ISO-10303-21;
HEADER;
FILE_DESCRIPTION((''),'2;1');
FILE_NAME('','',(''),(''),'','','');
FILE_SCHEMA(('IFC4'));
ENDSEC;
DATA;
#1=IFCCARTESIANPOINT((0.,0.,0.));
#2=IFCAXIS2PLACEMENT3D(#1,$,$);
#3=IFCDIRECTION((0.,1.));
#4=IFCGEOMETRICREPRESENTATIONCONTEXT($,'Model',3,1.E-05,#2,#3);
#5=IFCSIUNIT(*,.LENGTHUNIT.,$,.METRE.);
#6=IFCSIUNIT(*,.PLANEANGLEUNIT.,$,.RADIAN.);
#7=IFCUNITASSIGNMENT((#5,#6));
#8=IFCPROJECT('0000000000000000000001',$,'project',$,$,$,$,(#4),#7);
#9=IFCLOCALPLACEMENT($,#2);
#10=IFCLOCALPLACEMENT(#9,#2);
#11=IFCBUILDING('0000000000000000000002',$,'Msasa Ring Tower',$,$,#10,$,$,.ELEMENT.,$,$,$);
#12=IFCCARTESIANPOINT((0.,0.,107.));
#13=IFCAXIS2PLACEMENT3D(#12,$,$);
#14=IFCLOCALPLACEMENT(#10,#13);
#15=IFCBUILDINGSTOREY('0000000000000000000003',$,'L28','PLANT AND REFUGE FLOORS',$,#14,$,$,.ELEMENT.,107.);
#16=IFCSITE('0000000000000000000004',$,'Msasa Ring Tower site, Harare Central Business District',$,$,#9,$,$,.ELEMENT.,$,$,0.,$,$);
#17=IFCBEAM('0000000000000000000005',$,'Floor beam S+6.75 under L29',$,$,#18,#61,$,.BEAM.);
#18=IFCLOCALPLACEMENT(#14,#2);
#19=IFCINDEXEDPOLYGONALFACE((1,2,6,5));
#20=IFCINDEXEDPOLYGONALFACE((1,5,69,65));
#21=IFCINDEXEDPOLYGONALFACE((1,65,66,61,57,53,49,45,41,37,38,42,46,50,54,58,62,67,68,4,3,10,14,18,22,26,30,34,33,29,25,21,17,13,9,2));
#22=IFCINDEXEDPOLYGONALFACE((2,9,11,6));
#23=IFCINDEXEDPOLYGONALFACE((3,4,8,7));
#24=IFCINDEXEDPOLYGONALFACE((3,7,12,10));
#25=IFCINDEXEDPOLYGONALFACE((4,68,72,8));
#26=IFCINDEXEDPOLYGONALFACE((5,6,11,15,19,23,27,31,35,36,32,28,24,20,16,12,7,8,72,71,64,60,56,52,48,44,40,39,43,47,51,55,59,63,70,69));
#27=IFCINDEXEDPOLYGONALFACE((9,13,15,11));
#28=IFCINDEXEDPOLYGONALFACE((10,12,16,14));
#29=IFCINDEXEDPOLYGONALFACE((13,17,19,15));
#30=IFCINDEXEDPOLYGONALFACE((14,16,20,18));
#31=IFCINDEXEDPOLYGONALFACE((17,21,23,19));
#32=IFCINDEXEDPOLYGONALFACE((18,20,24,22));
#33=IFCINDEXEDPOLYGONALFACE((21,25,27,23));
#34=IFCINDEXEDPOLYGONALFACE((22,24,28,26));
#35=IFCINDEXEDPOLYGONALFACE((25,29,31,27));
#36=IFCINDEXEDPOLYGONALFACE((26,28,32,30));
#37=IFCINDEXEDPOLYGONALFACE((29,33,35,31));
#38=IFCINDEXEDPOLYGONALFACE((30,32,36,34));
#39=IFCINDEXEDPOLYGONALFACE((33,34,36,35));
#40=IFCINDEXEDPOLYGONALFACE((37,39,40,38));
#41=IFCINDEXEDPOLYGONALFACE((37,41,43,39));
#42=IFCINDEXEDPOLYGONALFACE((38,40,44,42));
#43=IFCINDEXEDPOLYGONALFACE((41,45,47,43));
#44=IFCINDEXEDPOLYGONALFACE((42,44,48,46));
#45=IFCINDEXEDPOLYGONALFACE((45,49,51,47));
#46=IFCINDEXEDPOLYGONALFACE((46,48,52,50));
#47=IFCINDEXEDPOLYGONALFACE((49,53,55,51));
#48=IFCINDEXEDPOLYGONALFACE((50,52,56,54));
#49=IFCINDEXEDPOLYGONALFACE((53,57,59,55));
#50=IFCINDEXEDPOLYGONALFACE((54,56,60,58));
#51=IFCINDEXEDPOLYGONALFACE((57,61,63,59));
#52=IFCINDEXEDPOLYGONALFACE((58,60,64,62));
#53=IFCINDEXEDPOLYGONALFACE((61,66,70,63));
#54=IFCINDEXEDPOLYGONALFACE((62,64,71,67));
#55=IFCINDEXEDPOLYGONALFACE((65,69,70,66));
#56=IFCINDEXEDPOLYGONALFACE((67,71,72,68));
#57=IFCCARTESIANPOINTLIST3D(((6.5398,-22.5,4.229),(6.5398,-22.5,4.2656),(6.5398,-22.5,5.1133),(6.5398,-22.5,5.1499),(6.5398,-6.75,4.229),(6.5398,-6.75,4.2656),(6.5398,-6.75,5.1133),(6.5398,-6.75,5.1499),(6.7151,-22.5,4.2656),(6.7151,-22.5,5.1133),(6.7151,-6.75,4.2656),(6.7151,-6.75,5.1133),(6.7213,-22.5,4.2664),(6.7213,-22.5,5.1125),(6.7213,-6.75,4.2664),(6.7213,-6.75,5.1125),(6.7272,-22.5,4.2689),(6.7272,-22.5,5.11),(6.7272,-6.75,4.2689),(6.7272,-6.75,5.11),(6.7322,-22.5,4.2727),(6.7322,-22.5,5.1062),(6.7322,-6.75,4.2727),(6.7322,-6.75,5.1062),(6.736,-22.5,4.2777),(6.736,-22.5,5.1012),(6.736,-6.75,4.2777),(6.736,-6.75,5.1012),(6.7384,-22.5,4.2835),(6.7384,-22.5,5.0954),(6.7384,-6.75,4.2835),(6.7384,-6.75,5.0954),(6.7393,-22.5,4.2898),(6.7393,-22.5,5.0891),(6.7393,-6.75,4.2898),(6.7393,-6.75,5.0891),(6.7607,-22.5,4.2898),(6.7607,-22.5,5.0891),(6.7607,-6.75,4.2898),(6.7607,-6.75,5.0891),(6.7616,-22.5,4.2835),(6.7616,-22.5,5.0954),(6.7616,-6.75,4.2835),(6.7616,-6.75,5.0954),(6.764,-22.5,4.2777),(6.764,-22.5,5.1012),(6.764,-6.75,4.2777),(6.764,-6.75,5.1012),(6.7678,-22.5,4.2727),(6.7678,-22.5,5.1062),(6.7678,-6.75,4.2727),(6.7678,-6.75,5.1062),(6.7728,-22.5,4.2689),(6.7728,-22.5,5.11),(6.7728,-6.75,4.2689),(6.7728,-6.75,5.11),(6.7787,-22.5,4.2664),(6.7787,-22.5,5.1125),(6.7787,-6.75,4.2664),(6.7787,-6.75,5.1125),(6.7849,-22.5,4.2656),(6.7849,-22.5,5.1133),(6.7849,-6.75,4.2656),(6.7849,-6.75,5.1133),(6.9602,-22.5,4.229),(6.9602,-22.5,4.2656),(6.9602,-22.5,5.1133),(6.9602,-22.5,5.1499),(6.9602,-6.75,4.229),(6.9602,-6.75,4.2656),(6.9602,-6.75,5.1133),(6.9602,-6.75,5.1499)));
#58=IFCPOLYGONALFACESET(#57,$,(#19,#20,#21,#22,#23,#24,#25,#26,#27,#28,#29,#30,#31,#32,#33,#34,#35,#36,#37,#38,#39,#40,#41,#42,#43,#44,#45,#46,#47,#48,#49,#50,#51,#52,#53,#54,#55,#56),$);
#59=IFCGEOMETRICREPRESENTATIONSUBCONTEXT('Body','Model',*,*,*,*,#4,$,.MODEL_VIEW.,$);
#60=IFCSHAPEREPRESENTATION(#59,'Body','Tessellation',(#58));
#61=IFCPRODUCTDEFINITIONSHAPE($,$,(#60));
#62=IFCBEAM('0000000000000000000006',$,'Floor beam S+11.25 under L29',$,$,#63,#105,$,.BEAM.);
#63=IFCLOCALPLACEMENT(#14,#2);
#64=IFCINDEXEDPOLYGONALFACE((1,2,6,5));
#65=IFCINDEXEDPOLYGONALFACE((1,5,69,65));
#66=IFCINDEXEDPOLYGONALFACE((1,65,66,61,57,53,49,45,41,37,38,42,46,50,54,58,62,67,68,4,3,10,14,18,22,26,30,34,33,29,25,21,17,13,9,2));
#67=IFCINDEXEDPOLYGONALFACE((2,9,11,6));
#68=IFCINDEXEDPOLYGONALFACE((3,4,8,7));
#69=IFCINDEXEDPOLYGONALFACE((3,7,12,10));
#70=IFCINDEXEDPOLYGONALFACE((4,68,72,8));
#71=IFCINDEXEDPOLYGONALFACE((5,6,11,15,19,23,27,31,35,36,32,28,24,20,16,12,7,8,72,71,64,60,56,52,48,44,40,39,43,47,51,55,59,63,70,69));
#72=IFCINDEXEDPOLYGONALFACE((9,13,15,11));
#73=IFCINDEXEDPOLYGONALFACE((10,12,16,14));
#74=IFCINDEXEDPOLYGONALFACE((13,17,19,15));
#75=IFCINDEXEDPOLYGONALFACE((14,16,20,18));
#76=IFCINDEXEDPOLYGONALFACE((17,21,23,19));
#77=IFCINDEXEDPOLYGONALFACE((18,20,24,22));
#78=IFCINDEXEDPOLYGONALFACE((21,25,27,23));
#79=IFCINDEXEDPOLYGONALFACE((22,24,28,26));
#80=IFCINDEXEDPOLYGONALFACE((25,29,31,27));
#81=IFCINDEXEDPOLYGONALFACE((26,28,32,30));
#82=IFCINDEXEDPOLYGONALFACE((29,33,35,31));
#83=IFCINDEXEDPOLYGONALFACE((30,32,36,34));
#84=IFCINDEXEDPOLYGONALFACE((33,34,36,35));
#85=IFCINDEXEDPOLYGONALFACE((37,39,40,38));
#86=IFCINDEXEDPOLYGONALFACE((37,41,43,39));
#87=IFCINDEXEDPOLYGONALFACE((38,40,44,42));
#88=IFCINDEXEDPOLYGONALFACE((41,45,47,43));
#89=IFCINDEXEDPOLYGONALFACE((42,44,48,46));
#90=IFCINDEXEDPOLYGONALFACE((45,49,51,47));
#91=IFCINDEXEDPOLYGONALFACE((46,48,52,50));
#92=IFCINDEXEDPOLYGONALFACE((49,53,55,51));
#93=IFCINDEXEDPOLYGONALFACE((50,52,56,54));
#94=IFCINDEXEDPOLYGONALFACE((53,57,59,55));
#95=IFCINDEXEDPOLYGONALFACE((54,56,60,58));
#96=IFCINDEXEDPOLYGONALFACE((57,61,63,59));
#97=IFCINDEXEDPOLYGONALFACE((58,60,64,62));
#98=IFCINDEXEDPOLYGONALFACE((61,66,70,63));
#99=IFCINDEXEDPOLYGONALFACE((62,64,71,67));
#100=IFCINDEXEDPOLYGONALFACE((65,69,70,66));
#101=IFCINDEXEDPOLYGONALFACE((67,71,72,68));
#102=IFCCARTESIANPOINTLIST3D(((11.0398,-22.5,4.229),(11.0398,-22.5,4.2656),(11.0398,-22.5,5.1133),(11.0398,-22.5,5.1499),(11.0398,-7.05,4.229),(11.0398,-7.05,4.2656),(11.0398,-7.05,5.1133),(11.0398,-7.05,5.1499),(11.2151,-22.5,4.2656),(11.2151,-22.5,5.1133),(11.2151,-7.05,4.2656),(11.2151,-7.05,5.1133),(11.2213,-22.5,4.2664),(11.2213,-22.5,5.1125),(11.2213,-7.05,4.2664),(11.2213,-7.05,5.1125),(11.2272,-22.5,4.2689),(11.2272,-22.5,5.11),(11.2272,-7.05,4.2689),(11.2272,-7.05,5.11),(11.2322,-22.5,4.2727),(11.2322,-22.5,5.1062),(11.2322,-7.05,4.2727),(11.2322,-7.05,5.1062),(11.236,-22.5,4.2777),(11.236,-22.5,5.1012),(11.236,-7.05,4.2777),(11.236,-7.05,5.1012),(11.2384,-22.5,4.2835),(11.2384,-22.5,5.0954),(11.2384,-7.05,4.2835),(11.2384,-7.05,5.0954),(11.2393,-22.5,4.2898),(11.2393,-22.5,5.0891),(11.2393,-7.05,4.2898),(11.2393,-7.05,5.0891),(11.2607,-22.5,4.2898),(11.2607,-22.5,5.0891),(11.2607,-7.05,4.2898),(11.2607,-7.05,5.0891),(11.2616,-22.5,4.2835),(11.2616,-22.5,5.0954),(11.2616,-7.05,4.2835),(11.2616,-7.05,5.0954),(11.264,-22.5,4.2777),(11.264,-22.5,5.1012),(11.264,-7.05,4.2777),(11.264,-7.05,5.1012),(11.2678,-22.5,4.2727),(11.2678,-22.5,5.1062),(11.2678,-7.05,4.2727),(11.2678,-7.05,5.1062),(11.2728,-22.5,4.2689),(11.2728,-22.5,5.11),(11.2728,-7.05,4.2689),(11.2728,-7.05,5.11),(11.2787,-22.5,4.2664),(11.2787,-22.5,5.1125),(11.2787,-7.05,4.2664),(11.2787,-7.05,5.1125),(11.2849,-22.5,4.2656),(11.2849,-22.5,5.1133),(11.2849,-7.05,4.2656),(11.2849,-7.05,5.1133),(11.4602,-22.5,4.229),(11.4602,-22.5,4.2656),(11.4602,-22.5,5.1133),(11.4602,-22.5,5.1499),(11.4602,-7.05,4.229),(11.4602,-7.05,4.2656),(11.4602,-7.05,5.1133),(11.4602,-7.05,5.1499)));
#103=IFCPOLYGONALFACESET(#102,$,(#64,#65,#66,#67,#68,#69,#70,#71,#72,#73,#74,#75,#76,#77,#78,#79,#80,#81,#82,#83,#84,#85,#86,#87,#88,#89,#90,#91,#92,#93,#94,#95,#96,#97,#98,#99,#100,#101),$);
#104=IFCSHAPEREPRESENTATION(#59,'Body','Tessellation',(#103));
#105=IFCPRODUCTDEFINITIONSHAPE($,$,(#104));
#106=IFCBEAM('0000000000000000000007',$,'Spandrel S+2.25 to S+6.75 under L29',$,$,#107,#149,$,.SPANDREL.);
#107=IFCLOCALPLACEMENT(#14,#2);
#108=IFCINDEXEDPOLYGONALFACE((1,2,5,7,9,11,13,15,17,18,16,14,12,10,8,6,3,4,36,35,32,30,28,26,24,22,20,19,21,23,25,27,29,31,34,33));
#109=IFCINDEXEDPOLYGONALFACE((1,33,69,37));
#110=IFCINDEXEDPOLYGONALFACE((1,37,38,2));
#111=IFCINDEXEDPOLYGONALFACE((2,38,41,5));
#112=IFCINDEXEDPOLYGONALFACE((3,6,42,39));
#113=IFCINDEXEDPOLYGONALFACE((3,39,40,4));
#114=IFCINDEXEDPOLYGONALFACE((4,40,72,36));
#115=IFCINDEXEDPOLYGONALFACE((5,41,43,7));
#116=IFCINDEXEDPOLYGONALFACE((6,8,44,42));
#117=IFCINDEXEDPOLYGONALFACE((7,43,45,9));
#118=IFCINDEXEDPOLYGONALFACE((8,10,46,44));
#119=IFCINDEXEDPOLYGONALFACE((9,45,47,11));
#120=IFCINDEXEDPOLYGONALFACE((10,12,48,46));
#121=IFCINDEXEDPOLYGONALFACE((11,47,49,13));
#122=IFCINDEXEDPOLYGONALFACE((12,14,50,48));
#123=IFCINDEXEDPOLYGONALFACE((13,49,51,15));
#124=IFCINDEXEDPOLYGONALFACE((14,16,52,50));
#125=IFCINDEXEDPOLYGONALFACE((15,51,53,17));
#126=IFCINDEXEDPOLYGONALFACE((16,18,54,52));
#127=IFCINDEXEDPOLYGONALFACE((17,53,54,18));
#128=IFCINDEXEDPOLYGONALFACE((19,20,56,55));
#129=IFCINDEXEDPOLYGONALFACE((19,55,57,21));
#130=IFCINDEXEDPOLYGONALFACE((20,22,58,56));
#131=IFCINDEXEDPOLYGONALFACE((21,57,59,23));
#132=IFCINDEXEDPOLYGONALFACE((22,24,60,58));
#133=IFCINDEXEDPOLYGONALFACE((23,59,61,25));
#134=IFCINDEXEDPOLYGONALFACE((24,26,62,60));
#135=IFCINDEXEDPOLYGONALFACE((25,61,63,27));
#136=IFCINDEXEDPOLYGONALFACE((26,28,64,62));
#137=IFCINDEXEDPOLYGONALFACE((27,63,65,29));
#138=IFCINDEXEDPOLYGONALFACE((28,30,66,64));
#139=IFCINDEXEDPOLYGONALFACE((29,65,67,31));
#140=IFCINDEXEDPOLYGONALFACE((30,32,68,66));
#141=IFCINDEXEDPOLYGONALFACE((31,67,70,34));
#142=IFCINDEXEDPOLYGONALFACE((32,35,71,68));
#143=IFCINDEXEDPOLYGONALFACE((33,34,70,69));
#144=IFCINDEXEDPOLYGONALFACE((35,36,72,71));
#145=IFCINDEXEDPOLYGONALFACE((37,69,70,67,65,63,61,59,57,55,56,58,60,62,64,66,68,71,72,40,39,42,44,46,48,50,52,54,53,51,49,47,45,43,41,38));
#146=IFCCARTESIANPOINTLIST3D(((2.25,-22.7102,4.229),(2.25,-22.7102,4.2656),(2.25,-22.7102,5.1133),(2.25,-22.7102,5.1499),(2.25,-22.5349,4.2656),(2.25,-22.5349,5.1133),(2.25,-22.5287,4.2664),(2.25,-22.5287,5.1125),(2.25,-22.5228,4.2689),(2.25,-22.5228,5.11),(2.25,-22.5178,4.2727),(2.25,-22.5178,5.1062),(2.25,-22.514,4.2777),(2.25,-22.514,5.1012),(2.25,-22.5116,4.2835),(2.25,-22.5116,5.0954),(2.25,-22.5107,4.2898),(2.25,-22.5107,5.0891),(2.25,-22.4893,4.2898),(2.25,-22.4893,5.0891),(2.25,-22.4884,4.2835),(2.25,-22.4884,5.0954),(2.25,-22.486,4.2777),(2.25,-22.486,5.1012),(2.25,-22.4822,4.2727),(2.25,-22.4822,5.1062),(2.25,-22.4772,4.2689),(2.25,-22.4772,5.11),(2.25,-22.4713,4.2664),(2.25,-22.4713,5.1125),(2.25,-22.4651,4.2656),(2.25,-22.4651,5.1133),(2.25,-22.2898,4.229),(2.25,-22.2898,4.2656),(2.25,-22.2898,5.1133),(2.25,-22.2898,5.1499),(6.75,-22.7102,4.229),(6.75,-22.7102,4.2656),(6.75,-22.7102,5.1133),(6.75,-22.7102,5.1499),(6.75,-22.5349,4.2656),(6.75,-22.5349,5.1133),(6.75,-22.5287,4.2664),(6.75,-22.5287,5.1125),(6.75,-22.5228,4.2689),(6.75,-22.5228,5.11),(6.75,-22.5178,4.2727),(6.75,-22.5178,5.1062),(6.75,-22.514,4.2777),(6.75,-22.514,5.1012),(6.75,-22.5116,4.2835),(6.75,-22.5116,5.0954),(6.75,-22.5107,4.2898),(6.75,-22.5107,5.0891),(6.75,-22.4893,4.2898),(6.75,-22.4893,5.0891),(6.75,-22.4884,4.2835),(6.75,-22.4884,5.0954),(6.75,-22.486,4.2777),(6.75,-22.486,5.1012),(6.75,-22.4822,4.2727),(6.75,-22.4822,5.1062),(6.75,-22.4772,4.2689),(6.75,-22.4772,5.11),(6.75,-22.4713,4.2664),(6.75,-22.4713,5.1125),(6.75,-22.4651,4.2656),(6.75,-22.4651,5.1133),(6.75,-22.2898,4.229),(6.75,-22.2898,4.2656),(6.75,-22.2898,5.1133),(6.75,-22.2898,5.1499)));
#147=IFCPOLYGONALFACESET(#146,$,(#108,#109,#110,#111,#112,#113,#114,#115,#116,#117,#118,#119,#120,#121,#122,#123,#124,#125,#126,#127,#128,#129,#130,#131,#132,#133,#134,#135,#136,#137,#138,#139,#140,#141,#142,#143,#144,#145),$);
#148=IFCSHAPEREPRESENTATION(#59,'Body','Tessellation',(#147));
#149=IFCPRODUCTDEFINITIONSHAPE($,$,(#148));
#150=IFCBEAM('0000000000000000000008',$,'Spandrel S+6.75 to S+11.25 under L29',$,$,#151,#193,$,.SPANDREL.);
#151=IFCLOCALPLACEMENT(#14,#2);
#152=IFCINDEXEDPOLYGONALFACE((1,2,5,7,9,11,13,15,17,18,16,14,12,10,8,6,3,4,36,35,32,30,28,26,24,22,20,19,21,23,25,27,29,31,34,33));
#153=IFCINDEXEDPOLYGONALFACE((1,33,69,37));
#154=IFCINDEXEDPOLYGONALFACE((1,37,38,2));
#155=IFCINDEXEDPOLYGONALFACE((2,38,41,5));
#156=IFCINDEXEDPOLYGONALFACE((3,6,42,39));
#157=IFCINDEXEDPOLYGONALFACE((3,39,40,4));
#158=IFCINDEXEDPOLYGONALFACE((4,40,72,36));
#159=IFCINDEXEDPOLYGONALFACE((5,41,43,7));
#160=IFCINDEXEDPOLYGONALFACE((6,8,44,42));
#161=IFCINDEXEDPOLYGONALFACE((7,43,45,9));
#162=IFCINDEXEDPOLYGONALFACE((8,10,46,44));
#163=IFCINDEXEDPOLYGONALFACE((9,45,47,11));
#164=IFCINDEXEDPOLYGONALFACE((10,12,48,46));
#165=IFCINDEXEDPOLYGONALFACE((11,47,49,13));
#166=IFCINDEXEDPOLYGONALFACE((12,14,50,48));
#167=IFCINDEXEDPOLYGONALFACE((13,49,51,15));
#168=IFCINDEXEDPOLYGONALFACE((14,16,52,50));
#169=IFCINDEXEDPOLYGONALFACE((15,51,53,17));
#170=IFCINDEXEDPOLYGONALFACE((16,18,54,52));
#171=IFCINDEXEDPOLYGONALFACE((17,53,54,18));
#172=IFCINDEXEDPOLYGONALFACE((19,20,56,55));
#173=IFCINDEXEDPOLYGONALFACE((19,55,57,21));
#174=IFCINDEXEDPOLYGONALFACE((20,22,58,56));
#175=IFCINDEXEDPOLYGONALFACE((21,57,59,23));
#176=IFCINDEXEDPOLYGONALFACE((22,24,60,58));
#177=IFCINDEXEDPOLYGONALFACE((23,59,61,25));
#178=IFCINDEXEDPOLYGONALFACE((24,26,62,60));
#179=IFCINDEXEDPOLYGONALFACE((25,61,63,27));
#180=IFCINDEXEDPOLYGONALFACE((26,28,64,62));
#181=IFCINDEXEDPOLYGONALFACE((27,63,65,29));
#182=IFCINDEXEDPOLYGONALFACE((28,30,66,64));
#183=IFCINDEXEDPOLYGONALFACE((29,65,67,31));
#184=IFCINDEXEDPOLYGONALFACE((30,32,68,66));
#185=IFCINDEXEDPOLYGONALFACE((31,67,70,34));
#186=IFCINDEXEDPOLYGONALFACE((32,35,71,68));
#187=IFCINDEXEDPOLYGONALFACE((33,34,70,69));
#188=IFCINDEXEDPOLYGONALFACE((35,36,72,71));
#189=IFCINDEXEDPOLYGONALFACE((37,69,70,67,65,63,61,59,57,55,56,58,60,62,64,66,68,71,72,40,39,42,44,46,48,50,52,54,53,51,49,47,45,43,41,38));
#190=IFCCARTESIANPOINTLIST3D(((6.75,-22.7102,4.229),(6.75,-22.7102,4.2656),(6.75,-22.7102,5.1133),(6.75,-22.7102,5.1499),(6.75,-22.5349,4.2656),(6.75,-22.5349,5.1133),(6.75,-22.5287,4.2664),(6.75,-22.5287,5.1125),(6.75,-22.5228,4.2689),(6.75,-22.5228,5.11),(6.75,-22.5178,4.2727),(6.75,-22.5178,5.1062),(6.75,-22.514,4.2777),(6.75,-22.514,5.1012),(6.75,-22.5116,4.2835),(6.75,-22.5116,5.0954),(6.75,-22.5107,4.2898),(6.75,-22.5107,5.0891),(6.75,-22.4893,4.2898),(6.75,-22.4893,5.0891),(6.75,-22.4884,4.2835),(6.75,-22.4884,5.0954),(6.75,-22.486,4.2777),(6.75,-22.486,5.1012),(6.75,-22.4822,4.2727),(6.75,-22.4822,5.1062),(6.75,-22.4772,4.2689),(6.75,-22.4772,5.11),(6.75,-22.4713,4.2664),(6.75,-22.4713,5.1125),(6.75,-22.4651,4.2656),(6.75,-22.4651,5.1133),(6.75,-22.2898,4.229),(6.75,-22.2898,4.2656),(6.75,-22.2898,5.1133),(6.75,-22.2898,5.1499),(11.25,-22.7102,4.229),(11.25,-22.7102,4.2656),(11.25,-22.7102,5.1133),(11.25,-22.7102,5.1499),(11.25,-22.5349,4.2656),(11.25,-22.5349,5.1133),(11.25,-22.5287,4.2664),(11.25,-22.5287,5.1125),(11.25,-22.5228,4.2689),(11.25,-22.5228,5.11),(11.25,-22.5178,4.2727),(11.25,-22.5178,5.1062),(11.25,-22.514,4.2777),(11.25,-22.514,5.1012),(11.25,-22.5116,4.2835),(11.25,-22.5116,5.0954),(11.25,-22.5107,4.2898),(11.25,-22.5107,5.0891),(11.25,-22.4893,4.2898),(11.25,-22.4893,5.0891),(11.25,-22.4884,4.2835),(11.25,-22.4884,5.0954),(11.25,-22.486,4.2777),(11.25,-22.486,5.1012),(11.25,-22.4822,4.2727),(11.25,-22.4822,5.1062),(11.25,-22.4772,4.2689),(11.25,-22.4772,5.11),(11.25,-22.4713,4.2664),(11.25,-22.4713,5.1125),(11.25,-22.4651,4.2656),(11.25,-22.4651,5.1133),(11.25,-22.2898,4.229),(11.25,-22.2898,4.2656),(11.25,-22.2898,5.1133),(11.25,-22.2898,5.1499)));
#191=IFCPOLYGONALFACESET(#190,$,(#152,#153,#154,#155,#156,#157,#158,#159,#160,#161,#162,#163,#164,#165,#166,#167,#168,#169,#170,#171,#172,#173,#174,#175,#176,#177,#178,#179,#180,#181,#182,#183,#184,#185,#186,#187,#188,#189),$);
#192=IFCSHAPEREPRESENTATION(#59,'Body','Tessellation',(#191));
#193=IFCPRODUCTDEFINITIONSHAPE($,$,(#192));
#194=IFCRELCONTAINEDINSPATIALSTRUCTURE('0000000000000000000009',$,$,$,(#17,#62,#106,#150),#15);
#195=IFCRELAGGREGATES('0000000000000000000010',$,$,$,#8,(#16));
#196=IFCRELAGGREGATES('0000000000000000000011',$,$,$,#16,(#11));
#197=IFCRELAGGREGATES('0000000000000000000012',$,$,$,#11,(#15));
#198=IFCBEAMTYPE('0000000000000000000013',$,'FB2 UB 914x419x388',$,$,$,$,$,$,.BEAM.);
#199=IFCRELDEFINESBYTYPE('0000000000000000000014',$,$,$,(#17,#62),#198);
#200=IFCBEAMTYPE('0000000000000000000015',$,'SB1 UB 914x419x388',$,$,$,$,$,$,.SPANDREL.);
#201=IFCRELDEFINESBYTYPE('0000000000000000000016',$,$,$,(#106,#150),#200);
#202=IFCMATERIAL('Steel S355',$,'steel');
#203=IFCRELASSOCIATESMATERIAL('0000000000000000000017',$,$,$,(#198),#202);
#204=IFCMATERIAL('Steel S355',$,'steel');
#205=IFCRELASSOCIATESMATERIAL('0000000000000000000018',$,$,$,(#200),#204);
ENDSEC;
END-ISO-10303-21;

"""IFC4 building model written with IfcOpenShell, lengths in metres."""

from ifc_helpers import new_model, si_unit, direction, frame, origin, origin_2d, place, context, subcontext, project, spatial, i_section, extrude, material, material_profile, profile_set, type_object, element, save


model = new_model("IFC4")

# Units and contexts
model_context = context("Model", 3, precision=1e-05, world=origin(), true_north=direction((0.0, 1.0)))
body_context = subcontext(model_context, "Body", "Model", "MODEL_VIEW")
ifc_project = project(units=[si_unit("LENGTHUNIT", "METRE"), si_unit("PLANEANGLEUNIT", "RADIAN")], contexts=[model_context])

# Site, building, storey
site_placement = place(None, origin())
site = spatial("IfcSite", under=ifc_project, at=site_placement, Name="Msasa Ring Tower site, Harare Central Business District", CompositionType="ELEMENT", RefElevation=0.0)
building_placement = place(site_placement, origin())
building = spatial("IfcBuilding", under=site, at=building_placement, Name="Msasa Ring Tower", CompositionType="ELEMENT")
storey_placement = place(building_placement, frame((0.0, 0.0, 107.0)))
storey = spatial("IfcBuildingStorey", under=building, at=storey_placement, Name="L28", Description="PLANT AND REFUGE FLOORS", CompositionType="ELEMENT", Elevation=107.0)

# Beams
ifc_material_1 = material(Name="Steel S355", Category="steel")
ifc_material_profile_1 = material_profile(ifc_material_1, i_section(OverallWidth=0.4204, OverallDepth=0.9209, WebThickness=0.0215, FlangeThickness=0.0366, FilletRadius=0.0242, at=origin_2d()), Name="UB 914x419x388")
ifc_profile_set_1 = profile_set([ifc_material_profile_1], Name="Steel S355")
beam_type_1 = type_object("IfcBeamType", Name="FB2 UB 914x419x388", PredefinedType="BEAM", material=ifc_profile_set_1)
for number, where, z_axis, x_axis, name in (
    (1, (6.75, -22.5, 4.6895), (0.0, 1.0, 0.0), (-1.0, 0.0, 0.0), "Floor beam S+6.75 under L29"),
):
    element("IfcBeam", number, at=place(storey_placement, frame(where, z_axis=z_axis, x_axis=x_axis)), inside=storey, type_object=beam_type_1, Name=name, PredefinedType="BEAM", context=body_context, shape_type="SweptSolid", body=[
        extrude(i_section(OverallWidth=0.4204, OverallDepth=0.9209, WebThickness=0.0215, FlangeThickness=0.0366, FilletRadius=0.0242, at=origin_2d()), origin(), (0.0, 0.0, 1.0), 15.75),
    ])
beam_placement = place(storey_placement, frame((11.25, -22.5, 4.6895), z_axis=(0.0, 1.0, 0.0), x_axis=(-1.0, 0.0, 0.0)))
element("IfcBeam", 2, at=beam_placement, inside=storey, type_object=beam_type_1, Name="Floor beam S+11.25 under L29", PredefinedType="BEAM", context=body_context, shape_type="SweptSolid", body=[
    extrude(i_section(OverallWidth=0.4204, OverallDepth=0.9209, WebThickness=0.0215, FlangeThickness=0.0366, FilletRadius=0.0242, at=origin_2d()), origin(), (0.0, 0.0, 1.0), 15.45),
])
ifc_material_2 = material(Name="Steel S355", Category="steel")
ifc_material_profile_2 = material_profile(ifc_material_2, i_section(OverallWidth=0.4204, OverallDepth=0.9209, WebThickness=0.0215, FlangeThickness=0.0366, FilletRadius=0.0242, at=origin_2d()), Name="UB 914x419x388")
ifc_profile_set_2 = profile_set([ifc_material_profile_2], Name="Steel S355")
beam_type_2 = type_object("IfcBeamType", Name="SB1 UB 914x419x388", PredefinedType="SPANDREL", material=ifc_profile_set_2)
for number, where, z_axis, x_axis, name in (
    (3, (2.25, -22.5, 4.6895), (1.0, 0.0, 0.0), (0.0, 1.0, 0.0), "Spandrel S+2.25 to S+6.75 under L29"),
    (4, (6.75, -22.5, 4.6895), (1.0, 0.0, 0.0), (0.0, 1.0, 0.0), "Spandrel S+6.75 to S+11.25 under L29"),
):
    element("IfcBeam", number, at=place(storey_placement, frame(where, z_axis=z_axis, x_axis=x_axis)), inside=storey, type_object=beam_type_2, Name=name, PredefinedType="SPANDREL", context=body_context, shape_type="SweptSolid", body=[
        extrude(i_section(OverallWidth=0.4204, OverallDepth=0.9209, WebThickness=0.0215, FlangeThickness=0.0366, FilletRadius=0.0242, at=origin_2d()), origin(), (0.0, 0.0, 1.0), 4.5),
    ])

save(model, "model.ifc")
